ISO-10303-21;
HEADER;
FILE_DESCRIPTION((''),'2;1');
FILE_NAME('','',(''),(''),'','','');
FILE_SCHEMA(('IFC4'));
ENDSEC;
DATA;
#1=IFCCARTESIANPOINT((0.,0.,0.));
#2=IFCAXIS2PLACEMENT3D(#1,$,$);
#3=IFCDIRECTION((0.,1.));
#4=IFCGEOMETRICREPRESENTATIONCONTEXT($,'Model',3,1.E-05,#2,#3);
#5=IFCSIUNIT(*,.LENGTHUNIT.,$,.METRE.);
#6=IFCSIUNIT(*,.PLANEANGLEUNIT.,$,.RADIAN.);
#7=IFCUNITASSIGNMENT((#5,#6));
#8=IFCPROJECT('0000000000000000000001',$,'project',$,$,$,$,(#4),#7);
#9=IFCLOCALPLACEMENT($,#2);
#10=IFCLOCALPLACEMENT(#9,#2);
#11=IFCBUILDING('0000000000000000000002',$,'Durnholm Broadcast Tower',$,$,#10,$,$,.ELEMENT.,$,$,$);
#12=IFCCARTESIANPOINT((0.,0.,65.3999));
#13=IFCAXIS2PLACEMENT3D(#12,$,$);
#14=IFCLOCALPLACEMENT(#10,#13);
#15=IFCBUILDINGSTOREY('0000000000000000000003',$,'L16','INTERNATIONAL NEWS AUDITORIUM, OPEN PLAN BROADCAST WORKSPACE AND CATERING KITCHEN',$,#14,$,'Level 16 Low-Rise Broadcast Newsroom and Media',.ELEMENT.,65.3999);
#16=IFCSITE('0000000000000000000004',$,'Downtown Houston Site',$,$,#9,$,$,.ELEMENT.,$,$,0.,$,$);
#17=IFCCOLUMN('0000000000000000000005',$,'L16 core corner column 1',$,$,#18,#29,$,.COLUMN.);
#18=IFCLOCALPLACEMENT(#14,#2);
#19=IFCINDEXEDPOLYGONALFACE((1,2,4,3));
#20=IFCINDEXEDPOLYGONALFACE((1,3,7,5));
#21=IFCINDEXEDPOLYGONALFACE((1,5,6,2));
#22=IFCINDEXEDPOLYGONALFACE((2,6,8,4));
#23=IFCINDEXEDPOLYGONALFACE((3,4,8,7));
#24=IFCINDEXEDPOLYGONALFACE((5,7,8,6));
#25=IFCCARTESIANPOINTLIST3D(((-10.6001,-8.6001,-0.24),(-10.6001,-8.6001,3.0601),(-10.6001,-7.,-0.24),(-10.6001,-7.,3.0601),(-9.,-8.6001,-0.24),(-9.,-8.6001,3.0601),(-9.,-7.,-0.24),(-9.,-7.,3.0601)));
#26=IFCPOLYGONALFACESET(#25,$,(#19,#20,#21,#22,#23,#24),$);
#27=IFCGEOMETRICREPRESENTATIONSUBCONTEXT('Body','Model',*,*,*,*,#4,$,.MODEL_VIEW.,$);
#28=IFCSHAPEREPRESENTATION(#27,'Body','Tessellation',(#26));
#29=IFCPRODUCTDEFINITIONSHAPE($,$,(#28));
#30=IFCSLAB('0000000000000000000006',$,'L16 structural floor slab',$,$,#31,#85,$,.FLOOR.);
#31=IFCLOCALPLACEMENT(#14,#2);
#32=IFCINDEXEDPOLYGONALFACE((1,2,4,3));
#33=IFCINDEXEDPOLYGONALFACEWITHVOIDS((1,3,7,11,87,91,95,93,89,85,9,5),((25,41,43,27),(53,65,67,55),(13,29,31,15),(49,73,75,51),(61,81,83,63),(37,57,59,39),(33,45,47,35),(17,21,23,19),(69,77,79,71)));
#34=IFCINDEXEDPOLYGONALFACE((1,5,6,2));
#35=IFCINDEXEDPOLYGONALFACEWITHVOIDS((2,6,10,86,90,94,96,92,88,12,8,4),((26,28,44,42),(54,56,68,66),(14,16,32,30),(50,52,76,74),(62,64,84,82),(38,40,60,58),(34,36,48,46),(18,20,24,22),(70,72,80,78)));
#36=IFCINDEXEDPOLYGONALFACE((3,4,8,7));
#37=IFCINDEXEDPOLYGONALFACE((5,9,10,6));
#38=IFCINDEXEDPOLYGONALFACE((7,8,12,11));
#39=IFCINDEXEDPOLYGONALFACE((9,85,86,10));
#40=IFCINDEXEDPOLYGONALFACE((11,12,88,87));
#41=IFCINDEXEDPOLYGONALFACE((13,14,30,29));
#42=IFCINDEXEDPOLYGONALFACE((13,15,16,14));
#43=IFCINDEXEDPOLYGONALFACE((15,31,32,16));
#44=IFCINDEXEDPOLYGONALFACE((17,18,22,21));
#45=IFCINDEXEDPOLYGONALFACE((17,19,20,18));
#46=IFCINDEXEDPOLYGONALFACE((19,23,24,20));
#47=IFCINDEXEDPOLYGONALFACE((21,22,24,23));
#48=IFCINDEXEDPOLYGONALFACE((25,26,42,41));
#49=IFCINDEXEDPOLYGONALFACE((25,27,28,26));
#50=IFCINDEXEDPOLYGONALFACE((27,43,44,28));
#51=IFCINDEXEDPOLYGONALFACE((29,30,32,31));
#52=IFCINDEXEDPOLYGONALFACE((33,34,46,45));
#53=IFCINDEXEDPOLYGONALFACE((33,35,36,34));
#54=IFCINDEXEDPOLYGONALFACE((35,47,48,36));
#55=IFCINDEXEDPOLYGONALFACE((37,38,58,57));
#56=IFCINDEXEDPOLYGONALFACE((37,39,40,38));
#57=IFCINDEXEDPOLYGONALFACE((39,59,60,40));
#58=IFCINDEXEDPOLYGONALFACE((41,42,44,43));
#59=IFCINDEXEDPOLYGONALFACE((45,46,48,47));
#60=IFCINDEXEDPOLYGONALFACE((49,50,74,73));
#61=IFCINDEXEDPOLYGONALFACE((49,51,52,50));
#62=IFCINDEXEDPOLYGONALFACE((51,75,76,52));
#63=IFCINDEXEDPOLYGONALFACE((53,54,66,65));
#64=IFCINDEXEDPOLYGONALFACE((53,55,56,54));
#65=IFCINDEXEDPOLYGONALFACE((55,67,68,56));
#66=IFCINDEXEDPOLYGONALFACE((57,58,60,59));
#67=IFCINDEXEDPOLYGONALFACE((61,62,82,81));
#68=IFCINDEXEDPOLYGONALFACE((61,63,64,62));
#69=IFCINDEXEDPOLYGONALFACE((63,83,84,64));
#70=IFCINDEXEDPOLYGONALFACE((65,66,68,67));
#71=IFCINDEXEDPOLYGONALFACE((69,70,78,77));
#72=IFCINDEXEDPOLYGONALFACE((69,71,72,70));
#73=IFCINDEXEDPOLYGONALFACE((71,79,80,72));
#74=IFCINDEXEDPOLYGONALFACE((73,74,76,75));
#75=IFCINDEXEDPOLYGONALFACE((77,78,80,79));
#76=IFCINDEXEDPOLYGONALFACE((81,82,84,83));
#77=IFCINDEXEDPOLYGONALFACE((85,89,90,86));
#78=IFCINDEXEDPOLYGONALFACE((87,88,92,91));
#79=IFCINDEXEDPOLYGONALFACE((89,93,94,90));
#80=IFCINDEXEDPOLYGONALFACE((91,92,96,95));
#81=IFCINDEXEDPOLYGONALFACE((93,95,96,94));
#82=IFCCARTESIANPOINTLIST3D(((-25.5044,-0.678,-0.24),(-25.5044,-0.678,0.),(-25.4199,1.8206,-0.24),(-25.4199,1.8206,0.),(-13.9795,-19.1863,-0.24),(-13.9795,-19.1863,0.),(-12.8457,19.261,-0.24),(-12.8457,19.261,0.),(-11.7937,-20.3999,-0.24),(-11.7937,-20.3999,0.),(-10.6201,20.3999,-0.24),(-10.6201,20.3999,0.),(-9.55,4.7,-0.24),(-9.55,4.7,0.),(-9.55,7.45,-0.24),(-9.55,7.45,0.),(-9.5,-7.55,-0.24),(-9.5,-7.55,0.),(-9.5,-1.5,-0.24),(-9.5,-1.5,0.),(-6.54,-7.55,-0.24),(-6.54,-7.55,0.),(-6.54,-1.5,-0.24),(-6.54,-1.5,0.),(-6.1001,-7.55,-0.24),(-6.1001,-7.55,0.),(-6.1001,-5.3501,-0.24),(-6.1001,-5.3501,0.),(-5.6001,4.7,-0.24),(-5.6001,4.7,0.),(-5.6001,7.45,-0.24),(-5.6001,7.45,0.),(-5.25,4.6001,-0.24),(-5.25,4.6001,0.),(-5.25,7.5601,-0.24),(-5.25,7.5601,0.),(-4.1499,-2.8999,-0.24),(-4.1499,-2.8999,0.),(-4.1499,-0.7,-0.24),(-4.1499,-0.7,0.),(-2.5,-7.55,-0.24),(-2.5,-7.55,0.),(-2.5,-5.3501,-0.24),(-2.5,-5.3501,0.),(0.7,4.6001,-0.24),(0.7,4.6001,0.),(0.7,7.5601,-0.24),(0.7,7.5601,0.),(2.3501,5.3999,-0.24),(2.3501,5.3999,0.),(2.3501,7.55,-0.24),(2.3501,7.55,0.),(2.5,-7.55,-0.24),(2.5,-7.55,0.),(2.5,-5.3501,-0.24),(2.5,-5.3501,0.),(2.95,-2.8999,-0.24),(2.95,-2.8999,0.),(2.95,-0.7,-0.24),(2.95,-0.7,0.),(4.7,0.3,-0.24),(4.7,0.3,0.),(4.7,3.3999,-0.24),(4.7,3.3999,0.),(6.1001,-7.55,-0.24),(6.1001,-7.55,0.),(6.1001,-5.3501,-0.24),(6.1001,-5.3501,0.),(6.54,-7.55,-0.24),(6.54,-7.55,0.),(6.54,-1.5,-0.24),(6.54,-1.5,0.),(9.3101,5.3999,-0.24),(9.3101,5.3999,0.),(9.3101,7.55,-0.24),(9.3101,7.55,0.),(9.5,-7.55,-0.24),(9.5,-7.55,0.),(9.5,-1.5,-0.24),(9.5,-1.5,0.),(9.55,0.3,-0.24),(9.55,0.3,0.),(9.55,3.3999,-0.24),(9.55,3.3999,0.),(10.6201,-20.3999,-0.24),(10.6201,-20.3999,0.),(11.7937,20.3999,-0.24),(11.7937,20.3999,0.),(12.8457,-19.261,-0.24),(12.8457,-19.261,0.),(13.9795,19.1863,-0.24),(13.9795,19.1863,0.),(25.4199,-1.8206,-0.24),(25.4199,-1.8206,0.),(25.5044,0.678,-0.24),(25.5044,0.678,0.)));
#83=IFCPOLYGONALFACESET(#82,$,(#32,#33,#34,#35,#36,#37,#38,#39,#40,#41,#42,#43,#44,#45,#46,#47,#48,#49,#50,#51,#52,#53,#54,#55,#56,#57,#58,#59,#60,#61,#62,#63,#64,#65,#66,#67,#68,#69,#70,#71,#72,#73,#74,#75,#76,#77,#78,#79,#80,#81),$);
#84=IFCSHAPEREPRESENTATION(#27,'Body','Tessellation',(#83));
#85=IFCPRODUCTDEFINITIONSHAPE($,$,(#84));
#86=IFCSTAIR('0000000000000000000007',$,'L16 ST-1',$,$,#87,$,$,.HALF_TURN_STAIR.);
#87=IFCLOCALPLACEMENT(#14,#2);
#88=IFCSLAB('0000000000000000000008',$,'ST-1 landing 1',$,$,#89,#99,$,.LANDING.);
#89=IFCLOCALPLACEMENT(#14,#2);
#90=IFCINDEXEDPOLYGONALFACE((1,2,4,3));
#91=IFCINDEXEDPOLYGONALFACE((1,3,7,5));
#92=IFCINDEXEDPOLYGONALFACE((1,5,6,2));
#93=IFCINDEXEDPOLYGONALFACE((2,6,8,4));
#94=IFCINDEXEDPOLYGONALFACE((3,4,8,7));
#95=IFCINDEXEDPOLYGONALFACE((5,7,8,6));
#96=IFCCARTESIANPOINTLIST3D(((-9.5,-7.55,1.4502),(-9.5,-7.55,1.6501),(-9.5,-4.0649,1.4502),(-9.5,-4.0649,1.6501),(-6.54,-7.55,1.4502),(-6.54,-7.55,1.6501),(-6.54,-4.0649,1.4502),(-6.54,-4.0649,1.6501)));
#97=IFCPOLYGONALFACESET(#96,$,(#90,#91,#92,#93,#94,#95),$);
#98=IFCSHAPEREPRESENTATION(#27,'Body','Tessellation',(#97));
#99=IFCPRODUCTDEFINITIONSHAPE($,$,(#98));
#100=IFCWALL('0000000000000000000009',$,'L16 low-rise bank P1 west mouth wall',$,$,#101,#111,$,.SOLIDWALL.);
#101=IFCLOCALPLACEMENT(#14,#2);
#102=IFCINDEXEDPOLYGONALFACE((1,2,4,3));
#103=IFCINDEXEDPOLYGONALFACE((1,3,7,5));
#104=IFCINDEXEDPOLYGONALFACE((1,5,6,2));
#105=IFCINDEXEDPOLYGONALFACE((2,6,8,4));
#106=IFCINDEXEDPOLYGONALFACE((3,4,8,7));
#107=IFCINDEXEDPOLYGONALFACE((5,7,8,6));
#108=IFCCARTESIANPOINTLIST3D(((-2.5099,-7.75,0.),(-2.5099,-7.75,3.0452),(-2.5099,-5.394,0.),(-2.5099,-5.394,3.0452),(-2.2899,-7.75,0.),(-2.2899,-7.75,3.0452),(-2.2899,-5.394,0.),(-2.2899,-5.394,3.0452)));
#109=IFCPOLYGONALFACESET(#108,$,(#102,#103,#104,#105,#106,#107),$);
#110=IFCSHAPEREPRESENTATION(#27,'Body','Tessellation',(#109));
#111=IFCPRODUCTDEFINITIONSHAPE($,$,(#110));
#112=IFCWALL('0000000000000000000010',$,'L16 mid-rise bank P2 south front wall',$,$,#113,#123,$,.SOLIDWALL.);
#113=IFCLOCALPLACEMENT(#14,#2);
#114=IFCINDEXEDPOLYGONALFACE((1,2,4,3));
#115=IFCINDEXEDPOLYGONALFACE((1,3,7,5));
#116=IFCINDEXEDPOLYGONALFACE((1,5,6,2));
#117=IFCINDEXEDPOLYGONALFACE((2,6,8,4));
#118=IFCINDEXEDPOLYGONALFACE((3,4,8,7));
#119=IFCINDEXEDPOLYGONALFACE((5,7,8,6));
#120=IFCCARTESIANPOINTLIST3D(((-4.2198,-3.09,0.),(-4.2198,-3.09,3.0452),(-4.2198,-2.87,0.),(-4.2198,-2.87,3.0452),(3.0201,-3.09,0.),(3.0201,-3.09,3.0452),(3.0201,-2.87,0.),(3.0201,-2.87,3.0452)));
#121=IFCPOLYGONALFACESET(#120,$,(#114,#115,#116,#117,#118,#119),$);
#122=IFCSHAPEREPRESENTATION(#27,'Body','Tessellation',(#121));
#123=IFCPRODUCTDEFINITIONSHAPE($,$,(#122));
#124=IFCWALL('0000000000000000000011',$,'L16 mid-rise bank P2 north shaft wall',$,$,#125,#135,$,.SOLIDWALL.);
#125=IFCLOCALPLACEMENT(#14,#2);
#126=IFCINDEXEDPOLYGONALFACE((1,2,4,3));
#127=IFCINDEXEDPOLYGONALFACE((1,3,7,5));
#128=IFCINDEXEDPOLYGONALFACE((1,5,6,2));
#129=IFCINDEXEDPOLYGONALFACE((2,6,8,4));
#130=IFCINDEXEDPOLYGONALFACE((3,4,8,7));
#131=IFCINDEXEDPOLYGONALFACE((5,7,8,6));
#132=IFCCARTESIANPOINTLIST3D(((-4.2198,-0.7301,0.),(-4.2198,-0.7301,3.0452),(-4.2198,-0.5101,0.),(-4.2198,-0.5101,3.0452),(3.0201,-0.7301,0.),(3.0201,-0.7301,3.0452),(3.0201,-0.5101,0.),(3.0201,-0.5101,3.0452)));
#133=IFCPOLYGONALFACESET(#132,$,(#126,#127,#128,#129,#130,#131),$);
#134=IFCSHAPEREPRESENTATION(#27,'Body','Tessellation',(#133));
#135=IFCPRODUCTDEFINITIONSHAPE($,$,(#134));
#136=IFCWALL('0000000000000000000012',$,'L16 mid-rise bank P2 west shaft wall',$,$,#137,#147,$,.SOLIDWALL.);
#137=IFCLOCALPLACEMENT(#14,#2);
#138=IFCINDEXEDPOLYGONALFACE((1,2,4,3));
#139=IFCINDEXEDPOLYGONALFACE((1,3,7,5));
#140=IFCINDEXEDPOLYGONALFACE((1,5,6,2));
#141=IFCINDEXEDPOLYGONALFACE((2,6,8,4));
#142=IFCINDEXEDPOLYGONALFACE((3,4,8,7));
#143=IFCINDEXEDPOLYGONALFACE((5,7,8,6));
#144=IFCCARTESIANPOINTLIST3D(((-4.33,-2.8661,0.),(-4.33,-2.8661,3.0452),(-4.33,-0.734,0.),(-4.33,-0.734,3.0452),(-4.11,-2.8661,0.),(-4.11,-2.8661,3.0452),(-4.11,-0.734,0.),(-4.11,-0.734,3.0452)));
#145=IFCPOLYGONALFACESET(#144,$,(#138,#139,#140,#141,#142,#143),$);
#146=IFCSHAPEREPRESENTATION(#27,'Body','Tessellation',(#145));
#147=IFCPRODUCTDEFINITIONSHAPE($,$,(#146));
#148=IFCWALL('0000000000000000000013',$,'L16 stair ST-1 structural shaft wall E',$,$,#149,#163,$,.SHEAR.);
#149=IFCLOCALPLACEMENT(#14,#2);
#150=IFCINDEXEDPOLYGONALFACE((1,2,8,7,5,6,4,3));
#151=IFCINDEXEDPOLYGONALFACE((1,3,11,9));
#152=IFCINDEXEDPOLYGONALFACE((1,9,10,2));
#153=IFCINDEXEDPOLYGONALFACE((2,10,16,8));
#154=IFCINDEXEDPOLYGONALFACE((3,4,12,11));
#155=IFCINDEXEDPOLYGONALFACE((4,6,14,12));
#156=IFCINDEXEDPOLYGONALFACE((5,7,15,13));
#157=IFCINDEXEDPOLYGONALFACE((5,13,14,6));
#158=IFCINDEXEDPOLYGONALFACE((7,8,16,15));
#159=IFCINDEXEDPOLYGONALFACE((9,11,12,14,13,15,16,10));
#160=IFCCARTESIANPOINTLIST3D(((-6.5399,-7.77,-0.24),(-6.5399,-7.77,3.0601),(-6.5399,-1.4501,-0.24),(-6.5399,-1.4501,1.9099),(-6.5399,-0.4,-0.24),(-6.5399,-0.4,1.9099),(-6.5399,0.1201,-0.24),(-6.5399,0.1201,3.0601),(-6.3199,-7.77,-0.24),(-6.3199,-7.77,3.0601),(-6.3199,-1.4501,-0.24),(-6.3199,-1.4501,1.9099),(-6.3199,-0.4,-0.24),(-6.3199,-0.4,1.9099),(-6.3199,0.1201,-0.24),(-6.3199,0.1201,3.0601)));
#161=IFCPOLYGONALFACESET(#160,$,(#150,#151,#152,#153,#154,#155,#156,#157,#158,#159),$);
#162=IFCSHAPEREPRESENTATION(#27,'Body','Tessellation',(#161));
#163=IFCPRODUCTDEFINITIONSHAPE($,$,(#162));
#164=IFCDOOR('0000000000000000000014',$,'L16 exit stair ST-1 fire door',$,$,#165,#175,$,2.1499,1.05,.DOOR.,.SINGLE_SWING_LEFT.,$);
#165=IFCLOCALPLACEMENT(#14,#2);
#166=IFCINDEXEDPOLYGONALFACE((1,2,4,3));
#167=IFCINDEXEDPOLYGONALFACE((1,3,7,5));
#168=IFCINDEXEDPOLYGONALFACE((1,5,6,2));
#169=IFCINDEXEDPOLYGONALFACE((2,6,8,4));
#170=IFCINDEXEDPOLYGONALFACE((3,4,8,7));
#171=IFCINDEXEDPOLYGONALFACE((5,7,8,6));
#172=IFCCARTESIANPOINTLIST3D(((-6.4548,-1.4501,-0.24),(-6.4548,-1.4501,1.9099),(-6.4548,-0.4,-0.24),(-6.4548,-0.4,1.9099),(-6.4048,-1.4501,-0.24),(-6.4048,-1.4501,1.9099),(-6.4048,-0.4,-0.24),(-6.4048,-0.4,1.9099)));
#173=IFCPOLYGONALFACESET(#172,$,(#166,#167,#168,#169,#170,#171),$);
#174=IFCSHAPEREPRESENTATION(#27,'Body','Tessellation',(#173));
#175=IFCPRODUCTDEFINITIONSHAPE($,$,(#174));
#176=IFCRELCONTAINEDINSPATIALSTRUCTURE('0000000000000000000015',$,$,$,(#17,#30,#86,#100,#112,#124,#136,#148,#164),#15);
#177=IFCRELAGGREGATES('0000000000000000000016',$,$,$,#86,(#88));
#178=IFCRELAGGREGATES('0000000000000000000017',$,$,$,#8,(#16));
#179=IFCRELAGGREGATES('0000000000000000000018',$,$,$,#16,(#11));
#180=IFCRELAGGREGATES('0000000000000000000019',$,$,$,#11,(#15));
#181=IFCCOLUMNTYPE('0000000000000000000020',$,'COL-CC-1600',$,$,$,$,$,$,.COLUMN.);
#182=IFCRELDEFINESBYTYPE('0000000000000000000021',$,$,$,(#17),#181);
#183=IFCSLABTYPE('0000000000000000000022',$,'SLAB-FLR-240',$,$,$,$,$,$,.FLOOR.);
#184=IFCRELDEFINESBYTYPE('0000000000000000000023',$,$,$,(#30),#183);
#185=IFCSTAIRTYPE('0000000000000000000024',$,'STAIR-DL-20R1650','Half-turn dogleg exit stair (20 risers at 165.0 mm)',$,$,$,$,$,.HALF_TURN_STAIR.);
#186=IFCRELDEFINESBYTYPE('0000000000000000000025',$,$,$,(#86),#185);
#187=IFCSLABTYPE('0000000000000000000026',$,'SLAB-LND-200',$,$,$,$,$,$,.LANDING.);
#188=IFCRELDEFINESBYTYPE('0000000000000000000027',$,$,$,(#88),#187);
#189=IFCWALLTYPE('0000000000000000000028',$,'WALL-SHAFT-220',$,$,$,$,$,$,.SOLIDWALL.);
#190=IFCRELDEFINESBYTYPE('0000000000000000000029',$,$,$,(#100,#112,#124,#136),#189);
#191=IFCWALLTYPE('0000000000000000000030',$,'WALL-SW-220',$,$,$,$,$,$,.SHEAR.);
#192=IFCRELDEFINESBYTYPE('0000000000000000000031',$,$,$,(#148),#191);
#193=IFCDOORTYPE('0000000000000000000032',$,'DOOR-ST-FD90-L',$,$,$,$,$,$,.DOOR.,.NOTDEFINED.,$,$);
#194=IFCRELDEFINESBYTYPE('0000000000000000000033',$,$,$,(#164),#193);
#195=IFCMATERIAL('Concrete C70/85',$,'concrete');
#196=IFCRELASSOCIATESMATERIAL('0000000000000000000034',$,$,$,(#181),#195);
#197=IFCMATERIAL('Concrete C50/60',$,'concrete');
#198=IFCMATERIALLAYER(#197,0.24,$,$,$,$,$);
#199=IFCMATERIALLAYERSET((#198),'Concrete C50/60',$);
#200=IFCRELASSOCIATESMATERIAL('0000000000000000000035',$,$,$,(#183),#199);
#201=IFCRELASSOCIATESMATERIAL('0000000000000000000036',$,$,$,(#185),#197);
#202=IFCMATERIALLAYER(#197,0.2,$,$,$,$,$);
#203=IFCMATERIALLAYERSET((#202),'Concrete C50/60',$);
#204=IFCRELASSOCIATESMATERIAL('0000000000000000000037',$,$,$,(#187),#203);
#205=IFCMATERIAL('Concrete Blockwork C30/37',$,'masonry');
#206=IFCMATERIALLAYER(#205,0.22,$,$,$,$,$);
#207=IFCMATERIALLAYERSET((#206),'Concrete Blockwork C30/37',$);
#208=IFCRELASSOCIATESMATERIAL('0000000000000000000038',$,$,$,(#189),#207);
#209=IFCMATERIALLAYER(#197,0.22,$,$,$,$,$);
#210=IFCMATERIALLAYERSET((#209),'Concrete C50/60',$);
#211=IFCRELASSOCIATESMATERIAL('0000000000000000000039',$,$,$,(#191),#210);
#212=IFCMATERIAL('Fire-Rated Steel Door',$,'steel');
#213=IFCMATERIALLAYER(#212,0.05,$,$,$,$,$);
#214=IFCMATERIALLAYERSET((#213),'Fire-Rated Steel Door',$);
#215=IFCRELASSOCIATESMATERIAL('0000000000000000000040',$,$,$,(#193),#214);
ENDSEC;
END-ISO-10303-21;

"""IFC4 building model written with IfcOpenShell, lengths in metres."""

from ifc_helpers import new_model, si_unit, direction, frame, frame_2d, origin, origin_2d, place, context, subcontext, project, spatial, polyline, rectangle, outline, extrude, source, transform, mapped, material, layer, layer_set, material_profile, profile_set, type_object, type_shapes, element, fill, aggregate, save


model = new_model("IFC4")

# Units and contexts
model_context = context("Model", 3, precision=1e-05, world=origin(), true_north=direction((0.0, 1.0)))
body_context = subcontext(model_context, "Body", "Model", "MODEL_VIEW")
ifc_project = project(units=[si_unit("LENGTHUNIT", "METRE"), si_unit("PLANEANGLEUNIT", "RADIAN")], contexts=[model_context])

# Site, building, storey
site_placement = place(None, origin())
site = spatial("IfcSite", under=ifc_project, at=site_placement, Name="Downtown Houston Site", CompositionType="ELEMENT", RefElevation=0.0)
building_placement = place(site_placement, origin())
building = spatial("IfcBuilding", under=site, at=building_placement, Name="Durnholm Broadcast Tower", CompositionType="ELEMENT")
storey_placement = place(building_placement, frame((0.0, 0.0, 65.3999)))
storey = spatial("IfcBuildingStorey", under=building, at=storey_placement, Name="L16", Description="INTERNATIONAL NEWS AUDITORIUM, OPEN PLAN BROADCAST WORKSPACE AND CATERING KITCHEN", LongName="Level 16 Low-Rise Broadcast Newsroom and Media", CompositionType="ELEMENT", Elevation=65.3999)

# Column
ifc_material_1 = material(Name="Concrete C70/85", Category="concrete")
ifc_material_profile = material_profile(ifc_material_1, rectangle(XDim=1.6001, YDim=1.6001, at=origin_2d()), Name="RC1600X1600")
ifc_profile_set = profile_set([ifc_material_profile], Name="Concrete C70/85")
column_type = type_object("IfcColumnType", Name="COL-CC-1600", PredefinedType="COLUMN", material=ifc_profile_set)
shared_shape_1 = source(origin(), body_context, "Body", "SweptSolid", [
    extrude(rectangle(XDim=1.6001, YDim=1.6001, at=origin_2d()), origin(), (0.0, 0.0, 1.0), 3.3),
])
type_shapes(column_type, [shared_shape_1])
column_placement = place(storey_placement, frame((-9.8, -7.8, -0.24), z_axis=(0.0, 0.0, 1.0), x_axis=(1.0, 0.0, 0.0)))
element("IfcColumn", 1, at=column_placement, inside=storey, type_object=column_type, Name="L16 core corner column 1", PredefinedType="COLUMN", context=body_context, shape_type="MappedRepresentation", body=[
    mapped(shared_shape_1, transform((0.0, 0.0, 0.0), x_axis=(1.0, 0.0, 0.0), y_axis=(0.0, 1.0, 0.0), z_axis=(0.0, 0.0, 1.0), scale=1.0)),
])

# Slab
ifc_material_2 = material(Name="Concrete C50/60", Category="concrete")
ifc_layer_1 = layer(ifc_material_2, 0.24)
ifc_layer_set_1 = layer_set([ifc_layer_1], Name="Concrete C50/60")
slab_type_1 = type_object("IfcSlabType", Name="SLAB-FLR-240", PredefinedType="FLOOR", material=ifc_layer_set_1)
slab_1_placement = place(storey_placement, frame((0.0, 0.0, -0.24)))
element("IfcSlab", 2, at=slab_1_placement, inside=storey, type_object=slab_type_1, Name="L16 structural floor slab", PredefinedType="FLOOR", context=body_context, shape_type="SweptSolid", body=[
    extrude(outline(polyline([(-13.9795, -19.1863), (-11.7937, -20.3999), (10.6201, -20.3999), (12.8457, -19.261), (25.4199, -1.8206), (25.5044, 0.678), (13.9795, 19.1863), (11.7937, 20.3999), (-10.6201, 20.3999), (-12.8457, 19.261), (-25.4199, 1.8206), (-25.5044, -0.678), (-13.9795, -19.1863)]), holes=[polyline([(-2.5, -5.3501), (-6.1001, -5.3501), (-6.1001, -7.55), (-2.5, -7.55), (-2.5, -5.3501)]), polyline([(6.1001, -5.3501), (2.5, -5.3501), (2.5, -7.55), (6.1001, -7.55), (6.1001, -5.3501)]), polyline([(-6.54, -7.55), (-6.54, -1.5), (-9.5, -1.5), (-9.5, -7.55), (-6.54, -7.55)]), polyline([(9.5, -7.55), (9.5, -1.5), (6.54, -1.5), (6.54, -7.55), (9.5, -7.55)]), polyline([(2.95, -0.7), (-4.1499, -0.7), (-4.1499, -2.8999), (2.95, -2.8999), (2.95, -0.7)]), polyline([(9.55, 3.3999), (4.7, 3.3999), (4.7, 0.3), (9.55, 0.3), (9.55, 3.3999)]), polyline([(-5.6001, 7.45), (-9.55, 7.45), (-9.55, 4.7), (-5.6001, 4.7), (-5.6001, 7.45)]), polyline([(-5.25, 7.5601), (-5.25, 4.6001), (0.7, 4.6001), (0.7, 7.5601), (-5.25, 7.5601)]), polyline([(9.3101, 5.3999), (9.3101, 7.55), (2.3501, 7.55), (2.3501, 5.3999), (9.3101, 5.3999)])]), origin(), (0.0, 0.0, 1.0), 0.24),
])

# Stair, slab
stair_type = type_object("IfcStairType", Name="STAIR-DL-20R1650", Description="Half-turn dogleg exit stair (20 risers at 165.0 mm)", PredefinedType="HALF_TURN_STAIR", material=ifc_material_2)
stair_placement = place(storey_placement, origin())
stair = element("IfcStair", 3, at=stair_placement, inside=storey, type_object=stair_type, Name="L16 ST-1", PredefinedType="HALF_TURN_STAIR")
ifc_layer_2 = layer(ifc_material_2, 0.2)
ifc_layer_set_2 = layer_set([ifc_layer_2], Name="Concrete C50/60")
slab_type_2 = type_object("IfcSlabType", Name="SLAB-LND-200", PredefinedType="LANDING", material=ifc_layer_set_2)
slab_2_placement = place(storey_placement, frame((0.0, 0.0, 1.4502)))
slab_2 = element("IfcSlab", 4, at=slab_2_placement, type_object=slab_type_2, Name="ST-1 landing 1", PredefinedType="LANDING", context=body_context, shape_type="SweptSolid", body=[
    extrude(outline(polyline([(-9.5, -4.0649), (-9.5, -7.55), (-6.54, -7.55), (-6.54, -4.0649), (-9.5, -4.0649)])), origin(), (0.0, 0.0, 1.0), 0.2),
])

# Shared definitions
ifc_material_3 = material(Name="Concrete Blockwork C30/37", Category="masonry")
ifc_layer_3 = layer(ifc_material_3, 0.22)
ifc_layer_set_3 = layer_set([ifc_layer_3], Name="Concrete Blockwork C30/37")
wall_type_1 = type_object("IfcWallType", Name="WALL-SHAFT-220", PredefinedType="SOLIDWALL", material=ifc_layer_set_3)

# Walls
wall_1_placement = place(storey_placement, frame((-2.3999, -7.75, 0.0), z_axis=(0.0, 0.0, 1.0), x_axis=(0.0, 1.0, 0.0)))
element("IfcWall", 5, at=wall_1_placement, inside=storey, type_object=wall_type_1, Name="L16 low-rise bank P1 west mouth wall", PredefinedType="SOLIDWALL", context=body_context, shape_type="SweptSolid", body=[
    extrude(rectangle(XDim=2.356, YDim=0.22, at=frame_2d((1.178, 0.0))), origin(), (0.0, 0.0, 1.0), 3.0452),
])
for number, where, z_axis, x_axis, name in (
    (6, (-4.22, -2.98, 0.0), (0.0, 0.0, 1.0), (1.0, 0.0, 0.0), "L16 mid-rise bank P2 south front wall"),
    (7, (-4.22, -0.6201, 0.0), (0.0, 0.0, 1.0), (1.0, 0.0, 0.0), "L16 mid-rise bank P2 north shaft wall"),
):
    element("IfcWall", number, at=place(storey_placement, frame(where, z_axis=z_axis, x_axis=x_axis)), inside=storey, type_object=wall_type_1, Name=name, PredefinedType="SOLIDWALL", context=body_context, shape_type="SweptSolid", body=[
        extrude(rectangle(XDim=7.24, YDim=0.22, at=frame_2d((3.6201, 0.0))), origin(), (0.0, 0.0, 1.0), 3.0452),
    ])
wall_2_placement = place(storey_placement, frame((-4.22, -2.866, 0.0), z_axis=(0.0, 0.0, 1.0), x_axis=(0.0, 1.0, 0.0)))
element("IfcWall", 8, at=wall_2_placement, inside=storey, type_object=wall_type_1, Name="L16 mid-rise bank P2 west shaft wall", PredefinedType="SOLIDWALL", context=body_context, shape_type="SweptSolid", body=[
    extrude(rectangle(XDim=2.1321, YDim=0.22, at=frame_2d((1.0659, 0.0))), origin(), (0.0, 0.0, 1.0), 3.0452),
])

# Wall, opening, door
ifc_layer_4 = layer(ifc_material_2, 0.22)
ifc_layer_set_4 = layer_set([ifc_layer_4], Name="Concrete C50/60")
wall_type_2 = type_object("IfcWallType", Name="WALL-SW-220", PredefinedType="SHEAR", material=ifc_layer_set_4)
wall_3_placement = place(storey_placement, frame((-6.4299, -7.77, -0.24), z_axis=(0.0, 0.0, 1.0), x_axis=(0.0, 1.0, 0.0)))
wall_3 = element("IfcWall", 9, at=wall_3_placement, inside=storey, type_object=wall_type_2, Name="L16 stair ST-1 structural shaft wall E", PredefinedType="SHEAR", context=body_context, shape_type="SweptSolid", body=[
    extrude(rectangle(XDim=7.8901, YDim=0.22, at=frame_2d((3.9451, 0.0))), origin(), (0.0, 0.0, 1.0), 3.3),
])
opening_1_placement = place(wall_3_placement, frame((6.3201, 0.0, 0.0)))
opening_1 = element("IfcOpeningElement", 10, at=opening_1_placement, cuts=wall_3, PredefinedType="OPENING", context=body_context, shape_type="SweptSolid", body=[
    extrude(rectangle(XDim=1.05, YDim=2.1499, at=frame_2d((0.5249, 1.075))), frame((0.0, 0.1201, 0.0), z_axis=(0.0, -1.0, 0.0), x_axis=(1.0, 0.0, 0.0)), (0.0, 0.0, 1.0), 0.24),
])
ifc_material_4 = material(Name="Fire-Rated Steel Door", Category="steel")
ifc_layer_5 = layer(ifc_material_4, 0.05)
ifc_layer_set_5 = layer_set([ifc_layer_5], Name="Fire-Rated Steel Door")
door_type_1 = type_object("IfcDoorType", Name="DOOR-ST-FD90-L", OperationType="NOTDEFINED", PredefinedType="DOOR", material=ifc_layer_set_5)
shared_shape_2 = source(origin(), body_context, "Body", "SweptSolid", [
    extrude(rectangle(XDim=1.05, YDim=2.1499, at=frame_2d((0.5249, 1.075))), frame((0.0, 0.0249, 0.0), z_axis=(0.0, -1.0, 0.0), x_axis=(1.0, 0.0, 0.0)), (0.0, 0.0, 1.0), 0.05),
])
type_shapes(door_type_1, [shared_shape_2])
door_1_placement = place(opening_1_placement, origin())
door_1 = element("IfcDoor", 11, at=door_1_placement, inside=storey, type_object=door_type_1, Name="L16 exit stair ST-1 fire door", OperationType="SINGLE_SWING_LEFT", OverallHeight=2.1499, OverallWidth=1.05, PredefinedType="DOOR", context=body_context, shape_type="MappedRepresentation", body=[
    mapped(shared_shape_2, transform((0.0, 0.0, 0.0), x_axis=(1.0, 0.0, 0.0), y_axis=(0.0, 1.0, 0.0), z_axis=(0.0, 0.0, 1.0), scale=1.0)),
])
fill(opening_1, door_1)

aggregate(stair, [slab_2])

save(model, "model.ifc")
